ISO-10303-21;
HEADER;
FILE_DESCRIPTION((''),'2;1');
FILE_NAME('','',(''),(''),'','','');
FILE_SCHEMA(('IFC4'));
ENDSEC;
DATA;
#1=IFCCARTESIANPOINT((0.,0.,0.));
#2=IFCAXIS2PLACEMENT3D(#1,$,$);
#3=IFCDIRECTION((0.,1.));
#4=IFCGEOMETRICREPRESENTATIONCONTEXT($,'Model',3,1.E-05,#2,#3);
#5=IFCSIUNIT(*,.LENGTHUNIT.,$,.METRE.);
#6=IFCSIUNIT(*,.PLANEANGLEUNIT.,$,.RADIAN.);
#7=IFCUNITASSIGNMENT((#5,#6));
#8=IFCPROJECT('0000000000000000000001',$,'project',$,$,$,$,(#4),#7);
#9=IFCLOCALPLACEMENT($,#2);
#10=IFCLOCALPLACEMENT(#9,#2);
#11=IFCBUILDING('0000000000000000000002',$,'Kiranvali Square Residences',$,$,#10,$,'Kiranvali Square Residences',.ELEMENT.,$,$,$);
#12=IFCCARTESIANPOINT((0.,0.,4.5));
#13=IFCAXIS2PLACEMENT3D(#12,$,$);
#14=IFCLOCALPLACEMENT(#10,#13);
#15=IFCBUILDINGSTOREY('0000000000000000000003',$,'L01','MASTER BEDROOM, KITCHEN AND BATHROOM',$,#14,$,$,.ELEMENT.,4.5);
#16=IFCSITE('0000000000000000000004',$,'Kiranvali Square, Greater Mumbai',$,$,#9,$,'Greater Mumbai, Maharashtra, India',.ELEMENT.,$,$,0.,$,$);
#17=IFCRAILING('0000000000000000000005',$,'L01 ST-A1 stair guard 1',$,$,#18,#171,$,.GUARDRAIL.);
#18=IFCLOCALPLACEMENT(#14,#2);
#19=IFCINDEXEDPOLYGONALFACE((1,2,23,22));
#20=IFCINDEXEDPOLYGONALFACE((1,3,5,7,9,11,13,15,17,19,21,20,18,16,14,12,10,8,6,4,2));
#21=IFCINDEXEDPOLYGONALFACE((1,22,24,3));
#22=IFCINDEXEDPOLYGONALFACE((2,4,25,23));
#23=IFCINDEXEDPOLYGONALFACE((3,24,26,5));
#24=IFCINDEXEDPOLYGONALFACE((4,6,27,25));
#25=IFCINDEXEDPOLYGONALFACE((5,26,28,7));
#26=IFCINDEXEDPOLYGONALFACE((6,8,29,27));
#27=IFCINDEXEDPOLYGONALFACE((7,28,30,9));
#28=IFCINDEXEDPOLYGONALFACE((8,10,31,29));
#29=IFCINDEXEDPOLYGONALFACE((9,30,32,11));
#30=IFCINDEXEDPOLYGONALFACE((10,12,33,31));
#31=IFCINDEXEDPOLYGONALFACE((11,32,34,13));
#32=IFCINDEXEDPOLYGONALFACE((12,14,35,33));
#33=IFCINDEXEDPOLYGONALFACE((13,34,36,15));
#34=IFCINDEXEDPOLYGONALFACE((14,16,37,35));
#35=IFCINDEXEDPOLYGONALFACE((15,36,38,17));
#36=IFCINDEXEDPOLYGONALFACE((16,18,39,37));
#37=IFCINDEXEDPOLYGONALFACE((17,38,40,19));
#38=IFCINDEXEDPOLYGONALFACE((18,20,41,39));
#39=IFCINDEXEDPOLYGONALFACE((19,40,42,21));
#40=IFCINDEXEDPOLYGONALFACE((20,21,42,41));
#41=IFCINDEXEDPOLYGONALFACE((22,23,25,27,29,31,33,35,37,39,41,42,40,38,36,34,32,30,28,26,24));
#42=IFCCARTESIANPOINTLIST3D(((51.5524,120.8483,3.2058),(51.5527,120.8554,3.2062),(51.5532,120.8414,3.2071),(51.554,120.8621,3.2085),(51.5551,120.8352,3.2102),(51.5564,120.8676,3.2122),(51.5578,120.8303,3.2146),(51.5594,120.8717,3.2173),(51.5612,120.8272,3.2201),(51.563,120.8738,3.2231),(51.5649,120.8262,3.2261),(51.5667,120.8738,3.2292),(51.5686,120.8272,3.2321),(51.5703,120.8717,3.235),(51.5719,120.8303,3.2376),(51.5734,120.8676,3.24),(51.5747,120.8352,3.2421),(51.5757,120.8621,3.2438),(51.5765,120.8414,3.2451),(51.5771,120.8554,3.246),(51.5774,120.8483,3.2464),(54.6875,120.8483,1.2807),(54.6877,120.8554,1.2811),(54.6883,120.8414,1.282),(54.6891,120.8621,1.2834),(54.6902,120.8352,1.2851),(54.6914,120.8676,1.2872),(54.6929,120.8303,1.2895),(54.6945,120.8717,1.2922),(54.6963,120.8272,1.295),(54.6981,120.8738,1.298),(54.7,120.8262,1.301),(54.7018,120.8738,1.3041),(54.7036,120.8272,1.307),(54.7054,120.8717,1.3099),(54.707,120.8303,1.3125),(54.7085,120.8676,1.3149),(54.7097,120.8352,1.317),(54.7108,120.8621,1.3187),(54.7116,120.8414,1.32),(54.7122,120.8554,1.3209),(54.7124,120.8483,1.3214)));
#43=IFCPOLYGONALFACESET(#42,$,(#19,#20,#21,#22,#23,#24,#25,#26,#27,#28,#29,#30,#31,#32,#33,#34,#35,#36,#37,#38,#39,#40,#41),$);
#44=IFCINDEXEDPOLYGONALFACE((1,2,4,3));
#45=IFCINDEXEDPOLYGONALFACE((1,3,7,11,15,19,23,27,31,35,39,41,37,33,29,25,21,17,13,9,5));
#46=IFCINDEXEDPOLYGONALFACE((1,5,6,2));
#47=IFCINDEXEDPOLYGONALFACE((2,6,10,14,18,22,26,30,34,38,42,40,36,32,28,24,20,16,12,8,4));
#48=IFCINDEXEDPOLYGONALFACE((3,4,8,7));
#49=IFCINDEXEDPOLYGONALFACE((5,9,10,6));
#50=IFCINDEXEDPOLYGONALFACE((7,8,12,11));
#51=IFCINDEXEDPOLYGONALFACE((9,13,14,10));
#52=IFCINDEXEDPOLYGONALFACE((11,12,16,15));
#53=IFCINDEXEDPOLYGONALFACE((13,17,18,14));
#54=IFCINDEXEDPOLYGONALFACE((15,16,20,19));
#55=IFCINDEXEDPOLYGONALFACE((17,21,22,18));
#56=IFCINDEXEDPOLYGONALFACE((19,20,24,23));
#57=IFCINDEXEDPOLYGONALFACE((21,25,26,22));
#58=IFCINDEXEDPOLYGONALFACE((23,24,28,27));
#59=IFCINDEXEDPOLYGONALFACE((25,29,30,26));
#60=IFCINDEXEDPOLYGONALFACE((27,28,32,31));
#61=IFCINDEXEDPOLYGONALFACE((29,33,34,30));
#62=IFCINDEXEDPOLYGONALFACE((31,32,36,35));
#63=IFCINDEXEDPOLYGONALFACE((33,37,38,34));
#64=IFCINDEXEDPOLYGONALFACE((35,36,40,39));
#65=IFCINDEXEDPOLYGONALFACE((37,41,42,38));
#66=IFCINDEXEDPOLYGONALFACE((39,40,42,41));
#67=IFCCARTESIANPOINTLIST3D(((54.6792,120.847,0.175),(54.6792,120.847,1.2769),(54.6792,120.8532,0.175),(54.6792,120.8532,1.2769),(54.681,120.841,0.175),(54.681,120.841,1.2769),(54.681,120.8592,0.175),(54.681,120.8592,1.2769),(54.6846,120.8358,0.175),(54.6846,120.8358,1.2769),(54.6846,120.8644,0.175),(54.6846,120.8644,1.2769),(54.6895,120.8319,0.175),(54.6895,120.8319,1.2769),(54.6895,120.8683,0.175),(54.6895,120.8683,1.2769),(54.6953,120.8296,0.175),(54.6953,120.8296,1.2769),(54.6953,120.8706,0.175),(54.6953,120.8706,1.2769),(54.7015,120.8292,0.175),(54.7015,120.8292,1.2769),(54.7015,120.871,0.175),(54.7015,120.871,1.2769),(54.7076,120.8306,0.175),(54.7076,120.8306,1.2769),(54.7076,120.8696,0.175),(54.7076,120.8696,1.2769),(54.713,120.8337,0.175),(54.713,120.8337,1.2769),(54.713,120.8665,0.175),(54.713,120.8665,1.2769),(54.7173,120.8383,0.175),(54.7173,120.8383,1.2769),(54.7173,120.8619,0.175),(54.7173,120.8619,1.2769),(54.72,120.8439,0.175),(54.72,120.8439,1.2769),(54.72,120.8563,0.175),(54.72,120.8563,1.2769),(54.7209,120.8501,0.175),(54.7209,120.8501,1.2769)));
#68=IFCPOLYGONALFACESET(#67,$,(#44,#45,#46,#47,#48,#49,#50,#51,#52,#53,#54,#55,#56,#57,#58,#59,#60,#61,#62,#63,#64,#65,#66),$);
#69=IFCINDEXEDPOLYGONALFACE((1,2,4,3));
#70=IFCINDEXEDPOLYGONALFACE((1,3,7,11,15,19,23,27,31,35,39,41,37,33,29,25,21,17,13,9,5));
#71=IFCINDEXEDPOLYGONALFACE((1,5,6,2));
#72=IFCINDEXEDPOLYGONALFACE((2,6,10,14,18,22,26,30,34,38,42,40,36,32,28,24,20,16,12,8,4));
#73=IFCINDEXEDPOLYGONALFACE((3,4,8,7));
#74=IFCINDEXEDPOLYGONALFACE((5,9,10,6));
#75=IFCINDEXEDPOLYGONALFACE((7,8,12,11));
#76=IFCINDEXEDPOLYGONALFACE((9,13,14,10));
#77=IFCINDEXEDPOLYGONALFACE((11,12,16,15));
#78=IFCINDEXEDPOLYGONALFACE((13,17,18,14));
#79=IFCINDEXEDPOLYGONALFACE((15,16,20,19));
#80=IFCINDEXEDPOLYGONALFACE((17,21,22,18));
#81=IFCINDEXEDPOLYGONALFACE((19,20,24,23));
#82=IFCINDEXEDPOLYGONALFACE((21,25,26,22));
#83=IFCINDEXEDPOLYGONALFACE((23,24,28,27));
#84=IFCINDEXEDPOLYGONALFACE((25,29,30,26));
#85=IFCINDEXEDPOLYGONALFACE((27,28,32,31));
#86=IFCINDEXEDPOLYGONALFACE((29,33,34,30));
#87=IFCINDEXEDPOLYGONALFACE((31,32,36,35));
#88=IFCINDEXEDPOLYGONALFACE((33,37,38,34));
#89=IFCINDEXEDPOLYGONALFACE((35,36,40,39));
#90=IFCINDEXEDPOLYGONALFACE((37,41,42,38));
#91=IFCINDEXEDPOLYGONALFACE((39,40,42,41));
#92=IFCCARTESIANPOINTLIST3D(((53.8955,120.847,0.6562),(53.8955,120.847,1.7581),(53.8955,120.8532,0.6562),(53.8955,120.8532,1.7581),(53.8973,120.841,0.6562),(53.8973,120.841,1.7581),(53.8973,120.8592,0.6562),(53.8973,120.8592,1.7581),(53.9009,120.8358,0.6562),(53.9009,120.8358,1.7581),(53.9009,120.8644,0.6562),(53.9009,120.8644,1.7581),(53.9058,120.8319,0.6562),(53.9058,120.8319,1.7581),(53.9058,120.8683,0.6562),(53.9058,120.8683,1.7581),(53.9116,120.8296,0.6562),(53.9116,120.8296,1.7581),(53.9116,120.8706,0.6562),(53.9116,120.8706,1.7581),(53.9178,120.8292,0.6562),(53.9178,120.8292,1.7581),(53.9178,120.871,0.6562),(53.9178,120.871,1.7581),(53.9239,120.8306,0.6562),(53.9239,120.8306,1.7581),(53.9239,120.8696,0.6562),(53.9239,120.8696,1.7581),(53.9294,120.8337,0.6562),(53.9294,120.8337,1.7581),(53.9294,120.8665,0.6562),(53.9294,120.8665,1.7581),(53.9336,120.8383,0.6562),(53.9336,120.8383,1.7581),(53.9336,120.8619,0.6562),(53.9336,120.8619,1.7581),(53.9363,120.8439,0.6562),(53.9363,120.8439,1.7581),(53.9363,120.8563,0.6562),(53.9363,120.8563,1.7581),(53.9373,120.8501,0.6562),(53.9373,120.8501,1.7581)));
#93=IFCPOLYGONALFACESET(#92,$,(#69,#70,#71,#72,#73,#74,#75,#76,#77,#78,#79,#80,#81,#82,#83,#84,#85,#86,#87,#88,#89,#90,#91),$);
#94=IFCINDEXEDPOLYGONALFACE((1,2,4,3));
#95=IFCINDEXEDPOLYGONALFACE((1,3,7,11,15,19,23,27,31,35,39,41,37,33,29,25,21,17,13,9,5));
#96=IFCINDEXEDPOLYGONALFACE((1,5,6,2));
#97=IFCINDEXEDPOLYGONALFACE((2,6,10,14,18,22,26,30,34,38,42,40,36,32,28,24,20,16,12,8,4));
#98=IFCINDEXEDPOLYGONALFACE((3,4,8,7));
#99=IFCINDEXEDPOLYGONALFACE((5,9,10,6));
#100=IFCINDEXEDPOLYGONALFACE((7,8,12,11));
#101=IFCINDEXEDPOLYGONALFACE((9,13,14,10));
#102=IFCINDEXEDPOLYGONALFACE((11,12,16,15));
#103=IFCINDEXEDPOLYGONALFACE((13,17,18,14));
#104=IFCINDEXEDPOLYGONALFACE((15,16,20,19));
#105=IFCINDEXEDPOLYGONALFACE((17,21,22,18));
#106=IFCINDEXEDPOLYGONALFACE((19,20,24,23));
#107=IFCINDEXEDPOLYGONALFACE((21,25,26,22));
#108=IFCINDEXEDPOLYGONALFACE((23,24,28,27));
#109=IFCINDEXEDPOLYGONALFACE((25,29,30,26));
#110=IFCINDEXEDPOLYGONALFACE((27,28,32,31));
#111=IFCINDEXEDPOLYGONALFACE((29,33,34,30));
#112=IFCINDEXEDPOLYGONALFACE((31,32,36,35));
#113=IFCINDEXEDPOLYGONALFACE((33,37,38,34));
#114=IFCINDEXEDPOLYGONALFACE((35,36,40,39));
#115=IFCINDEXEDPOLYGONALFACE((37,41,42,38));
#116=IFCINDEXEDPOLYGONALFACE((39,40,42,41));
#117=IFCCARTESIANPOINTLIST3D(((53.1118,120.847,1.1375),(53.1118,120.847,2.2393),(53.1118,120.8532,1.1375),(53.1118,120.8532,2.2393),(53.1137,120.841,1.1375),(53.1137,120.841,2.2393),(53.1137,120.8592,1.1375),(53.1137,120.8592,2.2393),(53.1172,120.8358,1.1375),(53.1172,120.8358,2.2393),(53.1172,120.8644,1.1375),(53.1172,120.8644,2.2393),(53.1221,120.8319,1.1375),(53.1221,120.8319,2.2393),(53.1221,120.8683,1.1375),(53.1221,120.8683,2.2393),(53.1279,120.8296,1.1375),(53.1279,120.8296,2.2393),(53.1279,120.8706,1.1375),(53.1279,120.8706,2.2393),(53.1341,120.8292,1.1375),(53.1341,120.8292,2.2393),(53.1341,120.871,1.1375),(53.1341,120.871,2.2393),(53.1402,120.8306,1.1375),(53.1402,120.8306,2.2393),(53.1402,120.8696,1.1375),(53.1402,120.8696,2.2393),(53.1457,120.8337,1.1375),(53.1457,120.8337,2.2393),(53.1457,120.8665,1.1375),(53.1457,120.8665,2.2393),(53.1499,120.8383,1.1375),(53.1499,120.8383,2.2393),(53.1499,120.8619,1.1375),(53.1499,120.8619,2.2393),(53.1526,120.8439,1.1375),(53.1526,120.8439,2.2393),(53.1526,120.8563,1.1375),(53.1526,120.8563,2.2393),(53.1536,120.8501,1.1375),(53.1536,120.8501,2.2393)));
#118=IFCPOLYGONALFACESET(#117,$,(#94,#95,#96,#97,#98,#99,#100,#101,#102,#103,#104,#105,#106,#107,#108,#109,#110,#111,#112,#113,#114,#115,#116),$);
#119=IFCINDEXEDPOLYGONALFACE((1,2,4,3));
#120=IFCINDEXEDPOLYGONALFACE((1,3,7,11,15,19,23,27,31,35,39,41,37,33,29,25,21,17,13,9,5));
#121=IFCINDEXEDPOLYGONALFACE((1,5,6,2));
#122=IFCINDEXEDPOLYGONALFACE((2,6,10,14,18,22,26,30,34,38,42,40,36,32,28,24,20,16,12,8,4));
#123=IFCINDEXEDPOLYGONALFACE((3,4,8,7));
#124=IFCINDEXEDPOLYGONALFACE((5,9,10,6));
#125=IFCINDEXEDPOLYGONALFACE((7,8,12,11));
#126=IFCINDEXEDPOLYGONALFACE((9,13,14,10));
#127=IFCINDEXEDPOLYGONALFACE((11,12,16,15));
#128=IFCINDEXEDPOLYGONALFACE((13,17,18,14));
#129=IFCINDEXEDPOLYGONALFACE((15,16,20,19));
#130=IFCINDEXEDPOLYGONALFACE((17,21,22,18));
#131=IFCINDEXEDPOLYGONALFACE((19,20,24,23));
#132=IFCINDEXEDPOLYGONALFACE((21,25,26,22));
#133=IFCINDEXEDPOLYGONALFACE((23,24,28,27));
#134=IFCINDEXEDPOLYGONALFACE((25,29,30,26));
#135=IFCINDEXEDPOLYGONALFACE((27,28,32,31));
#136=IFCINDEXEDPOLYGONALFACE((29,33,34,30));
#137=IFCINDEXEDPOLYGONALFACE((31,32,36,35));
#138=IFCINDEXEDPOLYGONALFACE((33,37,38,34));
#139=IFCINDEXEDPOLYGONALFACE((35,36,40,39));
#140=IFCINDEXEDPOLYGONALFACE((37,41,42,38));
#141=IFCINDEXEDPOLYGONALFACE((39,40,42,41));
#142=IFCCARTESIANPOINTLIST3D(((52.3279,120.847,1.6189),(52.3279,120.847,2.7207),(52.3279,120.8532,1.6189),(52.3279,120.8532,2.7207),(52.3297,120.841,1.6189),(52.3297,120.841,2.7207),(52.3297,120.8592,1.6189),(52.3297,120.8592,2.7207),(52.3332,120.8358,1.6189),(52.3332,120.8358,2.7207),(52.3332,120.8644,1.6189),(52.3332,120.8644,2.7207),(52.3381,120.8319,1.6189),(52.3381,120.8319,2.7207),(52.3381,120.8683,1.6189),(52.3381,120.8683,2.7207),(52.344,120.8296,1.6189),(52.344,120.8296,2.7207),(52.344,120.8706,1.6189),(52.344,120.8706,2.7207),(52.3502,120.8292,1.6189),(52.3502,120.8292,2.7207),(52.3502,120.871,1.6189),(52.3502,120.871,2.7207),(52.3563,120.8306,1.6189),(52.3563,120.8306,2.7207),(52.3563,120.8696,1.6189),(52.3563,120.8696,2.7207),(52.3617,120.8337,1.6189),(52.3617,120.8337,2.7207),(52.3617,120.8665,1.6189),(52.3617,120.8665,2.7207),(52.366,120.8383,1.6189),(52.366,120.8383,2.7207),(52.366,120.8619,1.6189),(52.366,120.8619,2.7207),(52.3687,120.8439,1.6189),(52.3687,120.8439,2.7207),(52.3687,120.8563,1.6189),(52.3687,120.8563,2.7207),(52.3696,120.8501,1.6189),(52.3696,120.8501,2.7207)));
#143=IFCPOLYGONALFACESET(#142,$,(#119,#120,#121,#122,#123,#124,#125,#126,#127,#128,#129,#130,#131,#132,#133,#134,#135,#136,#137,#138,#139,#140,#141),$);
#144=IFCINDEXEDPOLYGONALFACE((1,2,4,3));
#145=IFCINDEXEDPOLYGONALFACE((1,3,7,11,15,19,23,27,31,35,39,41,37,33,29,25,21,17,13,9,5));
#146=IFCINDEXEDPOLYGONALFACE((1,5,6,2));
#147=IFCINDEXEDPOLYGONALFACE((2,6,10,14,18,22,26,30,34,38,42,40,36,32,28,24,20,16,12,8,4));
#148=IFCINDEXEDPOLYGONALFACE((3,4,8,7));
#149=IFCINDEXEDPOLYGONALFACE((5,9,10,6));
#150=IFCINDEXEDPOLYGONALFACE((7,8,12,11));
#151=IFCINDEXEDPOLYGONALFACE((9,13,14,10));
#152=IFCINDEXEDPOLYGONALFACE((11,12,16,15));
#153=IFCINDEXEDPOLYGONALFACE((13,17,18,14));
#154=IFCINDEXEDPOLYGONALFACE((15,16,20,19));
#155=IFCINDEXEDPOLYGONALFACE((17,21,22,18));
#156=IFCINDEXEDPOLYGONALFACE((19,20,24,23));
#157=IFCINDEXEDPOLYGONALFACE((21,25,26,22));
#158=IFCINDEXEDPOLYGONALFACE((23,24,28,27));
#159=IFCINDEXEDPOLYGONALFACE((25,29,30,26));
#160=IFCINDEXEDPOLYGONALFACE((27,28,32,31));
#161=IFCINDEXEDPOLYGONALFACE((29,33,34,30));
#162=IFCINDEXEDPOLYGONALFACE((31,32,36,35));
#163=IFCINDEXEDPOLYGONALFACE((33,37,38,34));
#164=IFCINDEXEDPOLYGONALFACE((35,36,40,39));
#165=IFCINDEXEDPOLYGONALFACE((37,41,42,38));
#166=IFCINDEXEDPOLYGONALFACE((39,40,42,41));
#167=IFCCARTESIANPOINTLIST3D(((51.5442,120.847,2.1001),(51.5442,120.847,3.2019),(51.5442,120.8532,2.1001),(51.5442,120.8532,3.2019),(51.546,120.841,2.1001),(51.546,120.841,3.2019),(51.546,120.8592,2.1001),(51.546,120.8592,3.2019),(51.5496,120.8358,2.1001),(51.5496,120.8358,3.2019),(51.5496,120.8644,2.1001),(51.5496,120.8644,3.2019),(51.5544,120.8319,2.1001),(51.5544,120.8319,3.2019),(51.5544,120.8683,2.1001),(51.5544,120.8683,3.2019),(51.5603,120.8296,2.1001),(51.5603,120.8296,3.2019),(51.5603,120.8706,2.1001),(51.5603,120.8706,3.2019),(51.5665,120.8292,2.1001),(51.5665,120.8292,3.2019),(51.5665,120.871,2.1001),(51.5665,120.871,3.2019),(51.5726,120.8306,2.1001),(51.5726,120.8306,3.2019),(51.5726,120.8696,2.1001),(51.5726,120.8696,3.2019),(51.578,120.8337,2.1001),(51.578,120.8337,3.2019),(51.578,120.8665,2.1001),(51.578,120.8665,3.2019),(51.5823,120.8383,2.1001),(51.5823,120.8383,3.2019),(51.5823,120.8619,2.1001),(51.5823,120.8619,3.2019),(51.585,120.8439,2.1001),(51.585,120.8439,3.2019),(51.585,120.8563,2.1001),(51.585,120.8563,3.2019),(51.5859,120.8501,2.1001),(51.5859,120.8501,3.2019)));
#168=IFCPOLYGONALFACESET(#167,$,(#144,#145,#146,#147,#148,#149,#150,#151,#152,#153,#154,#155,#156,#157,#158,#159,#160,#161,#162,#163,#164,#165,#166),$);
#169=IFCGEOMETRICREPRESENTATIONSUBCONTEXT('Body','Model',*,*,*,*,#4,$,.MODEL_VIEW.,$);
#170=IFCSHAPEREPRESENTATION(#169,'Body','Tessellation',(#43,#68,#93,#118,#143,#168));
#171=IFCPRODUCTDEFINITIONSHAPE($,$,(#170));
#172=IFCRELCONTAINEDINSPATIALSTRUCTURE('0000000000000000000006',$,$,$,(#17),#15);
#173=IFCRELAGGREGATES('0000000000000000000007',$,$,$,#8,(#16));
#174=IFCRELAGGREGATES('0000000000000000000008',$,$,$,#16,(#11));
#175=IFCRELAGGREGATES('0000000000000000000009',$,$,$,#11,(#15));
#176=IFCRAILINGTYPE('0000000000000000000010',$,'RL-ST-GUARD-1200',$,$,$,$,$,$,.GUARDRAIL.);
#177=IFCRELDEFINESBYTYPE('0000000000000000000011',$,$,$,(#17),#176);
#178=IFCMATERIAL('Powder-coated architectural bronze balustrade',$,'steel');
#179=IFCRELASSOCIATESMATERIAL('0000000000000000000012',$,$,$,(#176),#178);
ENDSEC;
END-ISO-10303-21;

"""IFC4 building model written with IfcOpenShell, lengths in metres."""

from ifc_helpers import new_model, si_unit, direction, frame, origin, origin_2d, place, context, subcontext, project, spatial, circle, extrude, material, type_object, element, save


model = new_model("IFC4")

# Units and contexts
model_context = context("Model", 3, precision=1e-05, world=origin(), true_north=direction((0.0, 1.0)))
body_context = subcontext(model_context, "Body", "Model", "MODEL_VIEW")
ifc_project = project(units=[si_unit("LENGTHUNIT", "METRE"), si_unit("PLANEANGLEUNIT", "RADIAN")], contexts=[model_context])

# Site, building, storey
site_placement = place(None, origin())
site = spatial("IfcSite", under=ifc_project, at=site_placement, Name="Kiranvali Square, Greater Mumbai", LongName="Greater Mumbai, Maharashtra, India", CompositionType="ELEMENT", RefElevation=0.0)
building_placement = place(site_placement, origin())
building = spatial("IfcBuilding", under=site, at=building_placement, Name="Kiranvali Square Residences", LongName="Kiranvali Square Residences", CompositionType="ELEMENT")
storey_placement = place(building_placement, frame((0.0, 0.0, 4.5)))
storey = spatial("IfcBuildingStorey", under=building, at=storey_placement, Name="L01", Description="MASTER BEDROOM, KITCHEN AND BATHROOM", CompositionType="ELEMENT", Elevation=4.5)

# Railing
ifc_material_1 = material(Name="Powder-coated architectural bronze balustrade", Category="steel")
railing_type_1 = type_object("IfcRailingType", Name="RL-ST-GUARD-1200", PredefinedType="GUARDRAIL", material=ifc_material_1)
railing_1_placement = place(storey_placement, frame((54.7, 120.8501, 0.175)))
element("IfcRailing", 1, at=railing_1_placement, inside=storey, type_object=railing_type_1, Name="L01 ST-A1 stair guard 1", PredefinedType="GUARDRAIL", context=body_context, shape_type="SweptSolid", body=[
    extrude(circle(Radius=0.0239, at=origin_2d()), frame((0.0, 0.0, 1.126), z_axis=(-0.852166, 0.0, 0.523271), x_axis=(0.0, -1.0, 0.0)), (0.0, 0.0, 1.0), 3.679),
    extrude(circle(Radius=0.021, at=origin_2d()), origin(), (0.0, 0.0, 1.0), 1.1018),
    extrude(circle(Radius=0.021, at=origin_2d()), frame((-0.7837, 0.0, 0.4812)), (0.0, 0.0, 1.0), 1.1018),
    extrude(circle(Radius=0.021, at=origin_2d()), frame((-1.5674, 0.0, 0.9624)), (0.0, 0.0, 1.0), 1.1018),
    extrude(circle(Radius=0.021, at=origin_2d()), frame((-2.3513, 0.0, 1.4438)), (0.0, 0.0, 1.0), 1.1018),
    extrude(circle(Radius=0.021, at=origin_2d()), frame((-3.135, 0.0, 1.925)), (0.0, 0.0, 1.0), 1.1018),
])

save(model, "model.ifc")
